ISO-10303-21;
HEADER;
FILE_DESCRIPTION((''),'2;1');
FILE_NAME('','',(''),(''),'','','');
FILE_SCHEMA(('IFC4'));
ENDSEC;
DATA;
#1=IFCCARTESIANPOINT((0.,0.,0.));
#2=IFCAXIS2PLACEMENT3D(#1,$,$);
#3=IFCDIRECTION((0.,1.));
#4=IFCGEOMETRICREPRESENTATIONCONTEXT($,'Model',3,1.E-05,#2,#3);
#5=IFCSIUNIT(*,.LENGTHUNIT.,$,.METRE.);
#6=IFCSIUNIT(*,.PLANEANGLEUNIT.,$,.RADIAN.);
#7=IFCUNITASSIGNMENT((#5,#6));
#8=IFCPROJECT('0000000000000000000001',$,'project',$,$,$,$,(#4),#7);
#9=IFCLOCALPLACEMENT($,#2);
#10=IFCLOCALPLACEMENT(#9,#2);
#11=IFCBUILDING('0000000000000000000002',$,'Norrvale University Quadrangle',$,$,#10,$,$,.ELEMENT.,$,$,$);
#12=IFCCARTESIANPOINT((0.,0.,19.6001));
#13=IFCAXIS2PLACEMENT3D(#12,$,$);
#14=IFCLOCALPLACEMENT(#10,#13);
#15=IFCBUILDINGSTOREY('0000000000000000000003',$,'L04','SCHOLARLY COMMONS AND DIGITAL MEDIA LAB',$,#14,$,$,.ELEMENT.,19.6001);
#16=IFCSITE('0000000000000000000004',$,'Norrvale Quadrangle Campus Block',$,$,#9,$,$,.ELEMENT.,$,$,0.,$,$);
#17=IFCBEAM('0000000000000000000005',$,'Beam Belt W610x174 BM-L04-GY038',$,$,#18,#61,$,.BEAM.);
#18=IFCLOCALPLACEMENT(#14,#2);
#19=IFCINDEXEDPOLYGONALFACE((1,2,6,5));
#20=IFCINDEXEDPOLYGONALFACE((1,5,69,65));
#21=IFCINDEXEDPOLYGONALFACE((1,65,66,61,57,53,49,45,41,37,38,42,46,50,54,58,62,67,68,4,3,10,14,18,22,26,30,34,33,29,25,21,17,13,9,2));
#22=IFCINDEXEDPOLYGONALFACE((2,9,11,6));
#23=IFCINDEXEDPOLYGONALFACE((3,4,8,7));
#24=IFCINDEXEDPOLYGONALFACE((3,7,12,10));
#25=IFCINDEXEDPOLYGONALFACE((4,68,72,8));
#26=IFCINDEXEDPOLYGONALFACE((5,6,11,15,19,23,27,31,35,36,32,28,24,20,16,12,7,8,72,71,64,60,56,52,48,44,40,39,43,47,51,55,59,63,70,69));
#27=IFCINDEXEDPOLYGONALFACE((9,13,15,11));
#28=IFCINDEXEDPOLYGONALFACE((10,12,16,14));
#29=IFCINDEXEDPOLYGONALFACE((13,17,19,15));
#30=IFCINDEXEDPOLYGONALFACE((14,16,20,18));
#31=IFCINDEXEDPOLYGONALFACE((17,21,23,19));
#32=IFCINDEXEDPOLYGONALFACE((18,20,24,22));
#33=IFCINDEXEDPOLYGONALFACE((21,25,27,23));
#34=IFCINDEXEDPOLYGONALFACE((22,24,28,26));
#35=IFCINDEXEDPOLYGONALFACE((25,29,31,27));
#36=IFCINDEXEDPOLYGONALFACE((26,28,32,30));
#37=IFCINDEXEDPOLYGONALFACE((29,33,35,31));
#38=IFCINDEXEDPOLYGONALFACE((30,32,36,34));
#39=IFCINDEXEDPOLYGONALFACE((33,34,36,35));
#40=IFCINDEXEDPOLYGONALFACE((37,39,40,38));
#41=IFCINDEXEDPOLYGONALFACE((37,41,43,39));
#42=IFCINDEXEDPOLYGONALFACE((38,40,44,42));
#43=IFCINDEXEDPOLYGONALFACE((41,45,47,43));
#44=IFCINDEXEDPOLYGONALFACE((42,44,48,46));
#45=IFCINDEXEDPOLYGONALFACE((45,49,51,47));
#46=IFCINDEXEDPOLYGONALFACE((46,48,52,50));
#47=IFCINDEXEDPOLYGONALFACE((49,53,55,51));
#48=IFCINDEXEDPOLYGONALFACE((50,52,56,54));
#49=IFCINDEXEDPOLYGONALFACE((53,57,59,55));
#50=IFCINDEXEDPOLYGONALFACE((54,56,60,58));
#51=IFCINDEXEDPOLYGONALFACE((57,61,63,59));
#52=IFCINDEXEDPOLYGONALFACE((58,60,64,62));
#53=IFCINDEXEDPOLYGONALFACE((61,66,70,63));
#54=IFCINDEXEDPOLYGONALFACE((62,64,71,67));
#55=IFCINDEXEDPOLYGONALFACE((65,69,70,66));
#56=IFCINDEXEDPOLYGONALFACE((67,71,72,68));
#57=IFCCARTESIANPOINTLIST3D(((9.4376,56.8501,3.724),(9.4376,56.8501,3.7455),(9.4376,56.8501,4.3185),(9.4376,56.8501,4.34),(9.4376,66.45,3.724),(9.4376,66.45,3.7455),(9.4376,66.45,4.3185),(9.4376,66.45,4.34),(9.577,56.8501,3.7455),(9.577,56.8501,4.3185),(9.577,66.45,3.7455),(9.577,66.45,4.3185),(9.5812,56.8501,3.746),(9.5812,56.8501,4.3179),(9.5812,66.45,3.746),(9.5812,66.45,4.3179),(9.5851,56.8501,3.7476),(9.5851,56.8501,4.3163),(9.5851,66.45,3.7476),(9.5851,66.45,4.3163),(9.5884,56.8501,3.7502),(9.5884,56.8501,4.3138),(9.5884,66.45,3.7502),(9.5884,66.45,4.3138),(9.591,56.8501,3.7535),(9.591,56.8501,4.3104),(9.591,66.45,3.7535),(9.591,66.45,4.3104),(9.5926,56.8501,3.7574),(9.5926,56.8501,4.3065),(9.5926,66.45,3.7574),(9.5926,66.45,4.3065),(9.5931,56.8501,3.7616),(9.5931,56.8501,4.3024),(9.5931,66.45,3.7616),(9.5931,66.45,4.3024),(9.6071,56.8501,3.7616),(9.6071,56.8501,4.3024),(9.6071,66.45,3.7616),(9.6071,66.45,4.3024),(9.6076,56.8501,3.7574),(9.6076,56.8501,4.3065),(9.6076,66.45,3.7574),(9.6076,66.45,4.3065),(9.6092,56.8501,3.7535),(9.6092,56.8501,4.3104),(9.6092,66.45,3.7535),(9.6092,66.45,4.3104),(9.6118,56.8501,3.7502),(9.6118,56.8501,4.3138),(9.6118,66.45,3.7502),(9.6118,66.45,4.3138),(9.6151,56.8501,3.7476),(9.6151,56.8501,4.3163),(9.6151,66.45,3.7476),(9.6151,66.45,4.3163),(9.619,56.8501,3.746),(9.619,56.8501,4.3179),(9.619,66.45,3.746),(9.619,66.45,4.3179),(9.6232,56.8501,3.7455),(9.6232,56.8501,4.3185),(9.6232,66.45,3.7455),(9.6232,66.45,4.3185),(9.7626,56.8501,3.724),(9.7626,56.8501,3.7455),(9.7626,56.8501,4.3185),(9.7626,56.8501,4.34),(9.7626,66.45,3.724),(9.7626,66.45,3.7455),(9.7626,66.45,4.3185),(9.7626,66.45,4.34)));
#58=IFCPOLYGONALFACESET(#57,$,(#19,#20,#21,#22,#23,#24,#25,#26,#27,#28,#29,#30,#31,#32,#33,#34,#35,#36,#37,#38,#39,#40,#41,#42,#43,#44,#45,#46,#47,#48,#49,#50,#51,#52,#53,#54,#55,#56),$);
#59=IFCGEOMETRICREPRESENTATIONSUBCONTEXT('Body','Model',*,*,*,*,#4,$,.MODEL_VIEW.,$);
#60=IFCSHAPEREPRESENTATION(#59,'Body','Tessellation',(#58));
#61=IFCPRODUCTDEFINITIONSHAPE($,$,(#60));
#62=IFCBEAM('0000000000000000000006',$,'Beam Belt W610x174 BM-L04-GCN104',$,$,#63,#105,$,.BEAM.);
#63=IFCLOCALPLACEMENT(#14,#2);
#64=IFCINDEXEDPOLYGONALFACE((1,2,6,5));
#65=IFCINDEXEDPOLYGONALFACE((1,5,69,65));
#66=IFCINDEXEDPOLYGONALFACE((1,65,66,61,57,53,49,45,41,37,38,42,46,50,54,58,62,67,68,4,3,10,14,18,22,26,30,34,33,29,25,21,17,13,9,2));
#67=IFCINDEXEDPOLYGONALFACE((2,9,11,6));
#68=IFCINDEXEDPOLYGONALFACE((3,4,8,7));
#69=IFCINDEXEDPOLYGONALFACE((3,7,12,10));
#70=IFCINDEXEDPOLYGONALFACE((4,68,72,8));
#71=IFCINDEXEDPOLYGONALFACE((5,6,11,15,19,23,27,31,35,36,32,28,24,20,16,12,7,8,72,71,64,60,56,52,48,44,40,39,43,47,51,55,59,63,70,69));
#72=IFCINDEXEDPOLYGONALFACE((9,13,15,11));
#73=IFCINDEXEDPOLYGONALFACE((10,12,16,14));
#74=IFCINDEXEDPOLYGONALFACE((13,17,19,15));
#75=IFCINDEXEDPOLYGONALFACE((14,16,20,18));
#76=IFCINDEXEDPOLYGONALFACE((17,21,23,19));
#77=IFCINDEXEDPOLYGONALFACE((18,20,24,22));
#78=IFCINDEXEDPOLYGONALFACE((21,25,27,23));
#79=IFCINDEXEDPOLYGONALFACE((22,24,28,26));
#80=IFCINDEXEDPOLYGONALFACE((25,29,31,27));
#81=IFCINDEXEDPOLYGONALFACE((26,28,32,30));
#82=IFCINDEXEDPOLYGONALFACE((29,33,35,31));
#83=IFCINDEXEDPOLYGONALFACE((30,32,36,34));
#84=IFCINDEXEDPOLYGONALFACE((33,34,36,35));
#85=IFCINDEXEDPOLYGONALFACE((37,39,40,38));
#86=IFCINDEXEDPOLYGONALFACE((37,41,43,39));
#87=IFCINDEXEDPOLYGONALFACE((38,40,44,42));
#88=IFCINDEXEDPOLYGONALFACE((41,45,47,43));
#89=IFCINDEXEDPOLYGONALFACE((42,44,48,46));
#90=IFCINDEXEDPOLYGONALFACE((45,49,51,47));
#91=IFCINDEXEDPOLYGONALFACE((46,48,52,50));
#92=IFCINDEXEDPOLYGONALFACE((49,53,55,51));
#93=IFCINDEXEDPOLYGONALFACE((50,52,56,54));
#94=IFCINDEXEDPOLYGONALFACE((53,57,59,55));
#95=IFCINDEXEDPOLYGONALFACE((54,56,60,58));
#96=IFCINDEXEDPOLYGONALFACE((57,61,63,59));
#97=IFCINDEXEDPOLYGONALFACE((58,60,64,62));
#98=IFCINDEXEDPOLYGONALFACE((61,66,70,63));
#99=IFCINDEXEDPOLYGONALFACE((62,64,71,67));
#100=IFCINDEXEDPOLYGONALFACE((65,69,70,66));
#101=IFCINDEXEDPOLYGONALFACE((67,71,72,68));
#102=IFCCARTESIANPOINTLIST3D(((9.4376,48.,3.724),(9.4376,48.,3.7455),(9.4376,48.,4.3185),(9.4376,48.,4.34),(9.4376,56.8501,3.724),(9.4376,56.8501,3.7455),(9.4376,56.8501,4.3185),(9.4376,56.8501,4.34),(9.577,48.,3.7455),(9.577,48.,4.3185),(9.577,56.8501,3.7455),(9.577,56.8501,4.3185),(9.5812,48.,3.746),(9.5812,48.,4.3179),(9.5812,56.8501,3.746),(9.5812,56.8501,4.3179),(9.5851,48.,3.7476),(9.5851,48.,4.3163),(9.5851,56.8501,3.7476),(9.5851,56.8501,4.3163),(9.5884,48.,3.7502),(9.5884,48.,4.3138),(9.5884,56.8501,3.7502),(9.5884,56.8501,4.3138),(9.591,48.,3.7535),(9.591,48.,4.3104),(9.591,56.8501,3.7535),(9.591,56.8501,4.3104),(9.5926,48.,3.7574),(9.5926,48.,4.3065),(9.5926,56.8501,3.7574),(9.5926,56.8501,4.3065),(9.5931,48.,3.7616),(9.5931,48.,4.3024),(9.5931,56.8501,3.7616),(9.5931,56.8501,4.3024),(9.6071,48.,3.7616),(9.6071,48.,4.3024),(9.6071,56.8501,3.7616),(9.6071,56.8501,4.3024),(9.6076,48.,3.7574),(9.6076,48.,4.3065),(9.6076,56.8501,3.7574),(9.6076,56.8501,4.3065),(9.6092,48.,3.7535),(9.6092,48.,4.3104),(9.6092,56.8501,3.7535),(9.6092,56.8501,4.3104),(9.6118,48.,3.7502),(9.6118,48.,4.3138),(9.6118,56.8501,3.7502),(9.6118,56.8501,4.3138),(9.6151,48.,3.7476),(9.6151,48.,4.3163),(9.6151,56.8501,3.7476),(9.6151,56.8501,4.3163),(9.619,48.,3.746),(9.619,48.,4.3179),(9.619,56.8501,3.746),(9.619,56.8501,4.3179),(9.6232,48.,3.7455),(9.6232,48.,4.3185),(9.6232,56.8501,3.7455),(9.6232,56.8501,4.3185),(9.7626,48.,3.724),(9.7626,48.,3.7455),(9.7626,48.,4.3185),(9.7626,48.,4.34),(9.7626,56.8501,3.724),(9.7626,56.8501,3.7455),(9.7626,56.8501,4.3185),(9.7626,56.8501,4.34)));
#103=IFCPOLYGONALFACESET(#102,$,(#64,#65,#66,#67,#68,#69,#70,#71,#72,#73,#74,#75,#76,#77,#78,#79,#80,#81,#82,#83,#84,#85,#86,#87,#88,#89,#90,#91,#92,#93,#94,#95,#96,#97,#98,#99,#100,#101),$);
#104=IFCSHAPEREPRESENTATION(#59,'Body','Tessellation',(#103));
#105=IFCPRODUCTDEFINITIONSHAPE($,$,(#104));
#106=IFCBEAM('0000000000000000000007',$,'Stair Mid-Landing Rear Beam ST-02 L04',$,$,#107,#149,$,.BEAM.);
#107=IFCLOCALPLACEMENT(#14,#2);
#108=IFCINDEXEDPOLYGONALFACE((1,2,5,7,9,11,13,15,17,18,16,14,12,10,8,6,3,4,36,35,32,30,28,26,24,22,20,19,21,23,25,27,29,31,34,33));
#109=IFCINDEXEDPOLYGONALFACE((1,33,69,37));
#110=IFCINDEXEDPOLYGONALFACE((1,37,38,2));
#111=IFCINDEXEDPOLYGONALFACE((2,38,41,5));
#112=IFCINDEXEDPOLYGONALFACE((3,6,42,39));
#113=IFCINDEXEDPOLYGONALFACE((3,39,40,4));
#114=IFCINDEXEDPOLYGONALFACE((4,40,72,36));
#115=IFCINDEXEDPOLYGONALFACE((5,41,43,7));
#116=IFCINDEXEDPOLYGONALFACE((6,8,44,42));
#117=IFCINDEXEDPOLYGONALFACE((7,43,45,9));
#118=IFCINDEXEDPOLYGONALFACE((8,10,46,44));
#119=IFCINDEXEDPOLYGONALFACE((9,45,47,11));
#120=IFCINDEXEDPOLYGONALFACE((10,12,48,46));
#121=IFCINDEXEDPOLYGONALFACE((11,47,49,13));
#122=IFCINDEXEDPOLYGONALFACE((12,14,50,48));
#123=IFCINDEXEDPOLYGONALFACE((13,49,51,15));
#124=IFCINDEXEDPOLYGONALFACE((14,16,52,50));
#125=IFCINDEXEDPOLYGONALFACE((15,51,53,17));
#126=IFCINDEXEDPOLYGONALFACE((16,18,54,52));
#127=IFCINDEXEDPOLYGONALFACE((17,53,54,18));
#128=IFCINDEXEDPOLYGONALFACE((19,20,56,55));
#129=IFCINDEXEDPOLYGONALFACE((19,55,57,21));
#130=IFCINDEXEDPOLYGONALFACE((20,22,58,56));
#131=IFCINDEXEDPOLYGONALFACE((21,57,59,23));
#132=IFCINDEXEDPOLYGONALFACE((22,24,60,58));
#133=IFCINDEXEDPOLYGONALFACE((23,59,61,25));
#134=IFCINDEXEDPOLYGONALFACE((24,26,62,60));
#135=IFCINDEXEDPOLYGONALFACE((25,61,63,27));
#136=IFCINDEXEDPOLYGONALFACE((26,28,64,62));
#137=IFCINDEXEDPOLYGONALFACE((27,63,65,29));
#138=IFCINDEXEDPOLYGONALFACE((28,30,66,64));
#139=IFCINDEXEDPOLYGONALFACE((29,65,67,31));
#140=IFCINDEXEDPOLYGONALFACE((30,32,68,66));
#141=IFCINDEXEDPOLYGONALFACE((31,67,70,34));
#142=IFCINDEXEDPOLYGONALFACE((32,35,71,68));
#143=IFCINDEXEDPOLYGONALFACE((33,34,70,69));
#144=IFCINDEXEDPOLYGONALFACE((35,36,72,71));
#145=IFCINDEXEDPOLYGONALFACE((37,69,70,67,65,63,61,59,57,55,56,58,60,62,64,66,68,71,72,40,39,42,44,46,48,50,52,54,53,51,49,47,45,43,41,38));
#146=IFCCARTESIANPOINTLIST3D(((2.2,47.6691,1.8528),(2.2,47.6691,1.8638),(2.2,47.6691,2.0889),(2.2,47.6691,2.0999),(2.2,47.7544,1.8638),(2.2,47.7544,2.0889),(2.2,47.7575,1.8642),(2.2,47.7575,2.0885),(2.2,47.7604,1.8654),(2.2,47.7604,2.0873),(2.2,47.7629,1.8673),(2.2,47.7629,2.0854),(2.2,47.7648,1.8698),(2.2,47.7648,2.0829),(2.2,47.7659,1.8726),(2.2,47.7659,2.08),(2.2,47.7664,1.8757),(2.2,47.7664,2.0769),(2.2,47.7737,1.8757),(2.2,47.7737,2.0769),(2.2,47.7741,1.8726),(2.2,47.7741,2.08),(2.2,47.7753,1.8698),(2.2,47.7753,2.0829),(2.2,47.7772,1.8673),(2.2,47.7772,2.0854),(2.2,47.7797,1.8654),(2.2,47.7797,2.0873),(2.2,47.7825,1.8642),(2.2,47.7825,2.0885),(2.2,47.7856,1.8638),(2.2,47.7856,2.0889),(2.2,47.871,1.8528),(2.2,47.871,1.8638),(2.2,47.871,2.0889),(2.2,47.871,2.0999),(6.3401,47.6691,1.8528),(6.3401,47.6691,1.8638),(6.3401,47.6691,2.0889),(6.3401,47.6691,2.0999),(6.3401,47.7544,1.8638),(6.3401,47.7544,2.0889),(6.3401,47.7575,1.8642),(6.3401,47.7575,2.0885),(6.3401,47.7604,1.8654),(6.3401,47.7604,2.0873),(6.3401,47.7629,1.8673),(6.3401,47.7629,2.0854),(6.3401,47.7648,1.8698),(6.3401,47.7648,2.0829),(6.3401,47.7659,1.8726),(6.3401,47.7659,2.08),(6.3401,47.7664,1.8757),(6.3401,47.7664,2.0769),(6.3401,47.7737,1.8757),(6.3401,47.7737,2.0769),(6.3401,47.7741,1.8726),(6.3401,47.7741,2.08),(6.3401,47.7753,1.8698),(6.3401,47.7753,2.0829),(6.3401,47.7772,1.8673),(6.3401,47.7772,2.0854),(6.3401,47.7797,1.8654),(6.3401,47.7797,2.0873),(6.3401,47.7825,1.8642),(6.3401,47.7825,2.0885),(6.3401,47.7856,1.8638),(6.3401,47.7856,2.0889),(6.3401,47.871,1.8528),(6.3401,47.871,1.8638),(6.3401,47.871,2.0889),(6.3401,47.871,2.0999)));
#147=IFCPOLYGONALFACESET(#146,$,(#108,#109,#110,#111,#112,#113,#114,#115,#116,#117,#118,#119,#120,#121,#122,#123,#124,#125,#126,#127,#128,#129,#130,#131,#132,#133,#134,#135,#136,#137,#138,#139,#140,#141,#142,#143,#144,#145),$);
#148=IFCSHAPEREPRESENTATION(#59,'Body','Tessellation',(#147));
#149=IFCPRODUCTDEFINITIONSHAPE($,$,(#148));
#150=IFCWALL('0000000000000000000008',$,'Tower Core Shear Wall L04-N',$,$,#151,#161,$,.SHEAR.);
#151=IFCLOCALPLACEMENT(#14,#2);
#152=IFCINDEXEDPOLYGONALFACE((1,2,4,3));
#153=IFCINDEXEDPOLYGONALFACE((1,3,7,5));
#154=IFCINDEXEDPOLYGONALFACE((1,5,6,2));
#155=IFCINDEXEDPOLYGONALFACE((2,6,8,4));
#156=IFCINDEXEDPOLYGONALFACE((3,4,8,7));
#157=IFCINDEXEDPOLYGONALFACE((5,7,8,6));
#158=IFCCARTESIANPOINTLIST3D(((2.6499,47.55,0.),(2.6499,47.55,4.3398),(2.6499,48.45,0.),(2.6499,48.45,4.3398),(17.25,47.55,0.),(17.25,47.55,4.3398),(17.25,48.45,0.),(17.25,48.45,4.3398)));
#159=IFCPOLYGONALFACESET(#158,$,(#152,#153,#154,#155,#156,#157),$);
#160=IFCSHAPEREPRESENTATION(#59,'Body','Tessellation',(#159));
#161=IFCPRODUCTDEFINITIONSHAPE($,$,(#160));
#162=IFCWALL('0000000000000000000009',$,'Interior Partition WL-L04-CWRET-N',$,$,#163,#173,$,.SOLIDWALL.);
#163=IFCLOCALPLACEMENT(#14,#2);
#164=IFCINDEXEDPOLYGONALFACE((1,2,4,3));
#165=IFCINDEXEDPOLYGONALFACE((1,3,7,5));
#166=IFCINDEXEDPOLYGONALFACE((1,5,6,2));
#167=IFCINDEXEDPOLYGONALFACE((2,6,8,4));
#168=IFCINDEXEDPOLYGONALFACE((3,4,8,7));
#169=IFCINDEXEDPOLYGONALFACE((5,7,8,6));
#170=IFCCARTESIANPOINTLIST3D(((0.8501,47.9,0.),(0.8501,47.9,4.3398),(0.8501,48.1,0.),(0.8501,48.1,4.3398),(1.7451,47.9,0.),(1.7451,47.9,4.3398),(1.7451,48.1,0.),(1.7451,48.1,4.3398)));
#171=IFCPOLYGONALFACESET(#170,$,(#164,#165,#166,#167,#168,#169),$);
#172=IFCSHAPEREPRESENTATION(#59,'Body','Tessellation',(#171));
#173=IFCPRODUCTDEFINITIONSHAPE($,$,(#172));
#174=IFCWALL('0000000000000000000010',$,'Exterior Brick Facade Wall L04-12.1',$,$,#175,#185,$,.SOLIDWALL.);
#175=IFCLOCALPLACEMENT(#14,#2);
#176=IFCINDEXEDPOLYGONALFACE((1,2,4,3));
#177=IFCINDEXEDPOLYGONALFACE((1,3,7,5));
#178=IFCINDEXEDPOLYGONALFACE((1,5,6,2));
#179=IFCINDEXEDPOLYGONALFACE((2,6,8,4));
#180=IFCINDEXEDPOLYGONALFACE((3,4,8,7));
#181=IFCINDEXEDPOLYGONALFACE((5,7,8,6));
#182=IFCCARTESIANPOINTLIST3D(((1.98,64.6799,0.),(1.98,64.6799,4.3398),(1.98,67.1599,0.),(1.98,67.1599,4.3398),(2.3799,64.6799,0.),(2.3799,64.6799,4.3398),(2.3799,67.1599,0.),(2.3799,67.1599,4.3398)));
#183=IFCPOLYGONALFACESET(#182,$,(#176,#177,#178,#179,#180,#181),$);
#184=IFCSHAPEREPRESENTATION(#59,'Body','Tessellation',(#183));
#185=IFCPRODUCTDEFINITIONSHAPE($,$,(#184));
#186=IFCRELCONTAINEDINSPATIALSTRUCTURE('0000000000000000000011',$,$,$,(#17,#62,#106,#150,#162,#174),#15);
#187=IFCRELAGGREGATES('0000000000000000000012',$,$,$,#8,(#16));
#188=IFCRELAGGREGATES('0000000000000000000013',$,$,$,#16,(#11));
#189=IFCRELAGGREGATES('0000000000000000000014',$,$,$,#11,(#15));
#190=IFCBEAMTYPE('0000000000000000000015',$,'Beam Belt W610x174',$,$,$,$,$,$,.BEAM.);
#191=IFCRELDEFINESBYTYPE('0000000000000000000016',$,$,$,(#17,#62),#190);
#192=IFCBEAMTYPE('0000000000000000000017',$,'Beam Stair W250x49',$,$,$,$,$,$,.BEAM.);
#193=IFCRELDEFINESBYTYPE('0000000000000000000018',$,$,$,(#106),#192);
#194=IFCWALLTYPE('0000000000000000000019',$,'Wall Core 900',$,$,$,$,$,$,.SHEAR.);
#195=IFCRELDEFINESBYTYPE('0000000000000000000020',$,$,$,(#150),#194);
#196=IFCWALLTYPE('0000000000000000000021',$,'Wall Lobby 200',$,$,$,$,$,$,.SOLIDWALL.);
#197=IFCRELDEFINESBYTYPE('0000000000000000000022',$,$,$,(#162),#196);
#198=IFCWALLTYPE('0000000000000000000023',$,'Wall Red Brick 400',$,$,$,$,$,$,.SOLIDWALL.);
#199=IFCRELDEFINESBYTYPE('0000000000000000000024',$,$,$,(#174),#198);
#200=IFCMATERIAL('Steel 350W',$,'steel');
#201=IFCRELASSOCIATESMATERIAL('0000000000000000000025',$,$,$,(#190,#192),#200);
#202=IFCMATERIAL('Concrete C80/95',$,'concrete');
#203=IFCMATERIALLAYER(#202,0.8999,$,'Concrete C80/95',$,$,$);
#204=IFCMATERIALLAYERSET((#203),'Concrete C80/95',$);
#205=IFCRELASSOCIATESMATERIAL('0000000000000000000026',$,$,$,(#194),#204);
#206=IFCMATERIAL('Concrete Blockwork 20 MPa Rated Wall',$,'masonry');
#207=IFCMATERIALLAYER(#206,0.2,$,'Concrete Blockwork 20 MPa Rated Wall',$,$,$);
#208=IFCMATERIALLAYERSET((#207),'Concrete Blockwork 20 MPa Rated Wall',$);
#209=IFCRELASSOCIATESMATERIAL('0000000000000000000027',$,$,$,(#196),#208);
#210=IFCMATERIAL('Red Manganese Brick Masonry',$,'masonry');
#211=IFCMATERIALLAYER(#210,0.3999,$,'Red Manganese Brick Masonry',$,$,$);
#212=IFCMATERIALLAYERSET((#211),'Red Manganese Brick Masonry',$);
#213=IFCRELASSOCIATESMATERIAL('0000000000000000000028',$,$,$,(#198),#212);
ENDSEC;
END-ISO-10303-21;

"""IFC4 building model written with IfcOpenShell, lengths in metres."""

from ifc_helpers import new_model, si_unit, direction, frame, frame_2d, origin, origin_2d, place, context, subcontext, project, spatial, rectangle, i_section, extrude, material, layer, layer_set, material_profile, profile_set, type_object, element, save


model = new_model("IFC4")

# Units and contexts
model_context = context("Model", 3, precision=1e-05, world=origin(), true_north=direction((0.0, 1.0)))
body_context = subcontext(model_context, "Body", "Model", "MODEL_VIEW")
ifc_project = project(units=[si_unit("LENGTHUNIT", "METRE"), si_unit("PLANEANGLEUNIT", "RADIAN")], contexts=[model_context])

# Site, building, storey
site_placement = place(None, origin())
site = spatial("IfcSite", under=ifc_project, at=site_placement, Name="Norrvale Quadrangle Campus Block", CompositionType="ELEMENT", RefElevation=0.0)
building_placement = place(site_placement, origin())
building = spatial("IfcBuilding", under=site, at=building_placement, Name="Norrvale University Quadrangle", CompositionType="ELEMENT")
storey_placement = place(building_placement, frame((0.0, 0.0, 19.6001)))
storey = spatial("IfcBuildingStorey", under=building, at=storey_placement, Name="L04", Description="SCHOLARLY COMMONS AND DIGITAL MEDIA LAB", CompositionType="ELEMENT", Elevation=19.6001)

# Shared definitions
ifc_material_1 = material(Name="Concrete C80/95", Category="concrete")

# Beams
ifc_material_2 = material(Name="Steel 350W", Category="steel")
ifc_material_profile_1 = material_profile(ifc_material_2, i_section(OverallWidth=0.325, OverallDepth=0.616, WebThickness=0.0139, FlangeThickness=0.0215, FilletRadius=0.0161, at=origin_2d()), Name="Steel 350W")
ifc_profile_set_1 = profile_set([ifc_material_profile_1], Name="Steel 350W")
beam_type_1 = type_object("IfcBeamType", Name="Beam Belt W610x174", PredefinedType="BEAM", material=ifc_profile_set_1)
for number, where, z_axis, x_axis, name in (
    (1, (9.6001, 56.8501, 4.032), (0.0, 1.0, 0.0), (-1.0, 0.0, 0.0), "Beam Belt W610x174 BM-L04-GY038"),
):
    element("IfcBeam", number, at=place(storey_placement, frame(where, z_axis=z_axis, x_axis=x_axis)), inside=storey, type_object=beam_type_1, Name=name, PredefinedType="BEAM", context=body_context, shape_type="SweptSolid", body=[
        extrude(i_section(OverallWidth=0.325, OverallDepth=0.616, WebThickness=0.0139, FlangeThickness=0.0215, FilletRadius=0.0161, at=origin_2d()), origin(), (0.0, 0.0, 1.0), 9.5999),
    ])
beam_1_placement = place(storey_placement, frame((9.6001, 48.0, 4.032), z_axis=(0.0, 1.0, 0.0), x_axis=(-1.0, 0.0, 0.0)))
element("IfcBeam", 2, at=beam_1_placement, inside=storey, type_object=beam_type_1, Name="Beam Belt W610x174 BM-L04-GCN104", PredefinedType="BEAM", context=body_context, shape_type="SweptSolid", body=[
    extrude(i_section(OverallWidth=0.325, OverallDepth=0.616, WebThickness=0.0139, FlangeThickness=0.0215, FilletRadius=0.0161, at=origin_2d()), origin(), (0.0, 0.0, 1.0), 8.8501),
])
ifc_material_profile_2 = material_profile(ifc_material_2, i_section(OverallWidth=0.2019, OverallDepth=0.2471, WebThickness=0.0073, FlangeThickness=0.011, FilletRadius=0.012, at=origin_2d()), Name="Steel 350W")
ifc_profile_set_2 = profile_set([ifc_material_profile_2], Name="Steel 350W")
beam_type_2 = type_object("IfcBeamType", Name="Beam Stair W250x49", PredefinedType="BEAM", material=ifc_profile_set_2)
beam_2_placement = place(storey_placement, frame((2.2, 47.77, 1.9763), z_axis=(1.0, 0.0, 0.0), x_axis=(0.0, 1.0, 0.0)))
element("IfcBeam", 3, at=beam_2_placement, inside=storey, type_object=beam_type_2, Name="Stair Mid-Landing Rear Beam ST-02 L04", PredefinedType="BEAM", context=body_context, shape_type="SweptSolid", body=[
    extrude(i_section(OverallWidth=0.2019, OverallDepth=0.2471, WebThickness=0.0073, FlangeThickness=0.011, FilletRadius=0.012, at=origin_2d()), origin(), (0.0, 0.0, 1.0), 4.1401),
])

# Walls
ifc_layer_1 = layer(ifc_material_1, 0.8999, Name="Concrete C80/95")
ifc_layer_set_1 = layer_set([ifc_layer_1], Name="Concrete C80/95")
wall_type_1 = type_object("IfcWallType", Name="Wall Core 900", PredefinedType="SHEAR", material=ifc_layer_set_1)
wall_1_placement = place(storey_placement, frame((2.6499, 48.0, 0.0), z_axis=(0.0, 0.0, 1.0), x_axis=(1.0, 0.0, 0.0)))
element("IfcWall", 4, at=wall_1_placement, inside=storey, type_object=wall_type_1, Name="Tower Core Shear Wall L04-N", PredefinedType="SHEAR", context=body_context, shape_type="SweptSolid", body=[
    extrude(rectangle(XDim=14.6001, YDim=0.8999, at=frame_2d((7.3, 0.0))), origin(), (0.0, 0.0, 1.0), 4.3398),
])
ifc_material_3 = material(Name="Concrete Blockwork 20 MPa Rated Wall", Category="masonry")
ifc_layer_2 = layer(ifc_material_3, 0.2, Name="Concrete Blockwork 20 MPa Rated Wall")
ifc_layer_set_2 = layer_set([ifc_layer_2], Name="Concrete Blockwork 20 MPa Rated Wall")
wall_type_2 = type_object("IfcWallType", Name="Wall Lobby 200", PredefinedType="SOLIDWALL", material=ifc_layer_set_2)
wall_2_placement = place(storey_placement, frame((0.8501, 48.0, 0.0), z_axis=(0.0, 0.0, 1.0), x_axis=(1.0, 0.0, 0.0)))
element("IfcWall", 5, at=wall_2_placement, inside=storey, type_object=wall_type_2, Name="Interior Partition WL-L04-CWRET-N", PredefinedType="SOLIDWALL", context=body_context, shape_type="SweptSolid", body=[
    extrude(rectangle(XDim=0.895, YDim=0.2, at=frame_2d((0.4475, 0.0))), origin(), (0.0, 0.0, 1.0), 4.3398),
])
ifc_material_4 = material(Name="Red Manganese Brick Masonry", Category="masonry")
ifc_layer_3 = layer(ifc_material_4, 0.3999, Name="Red Manganese Brick Masonry")
ifc_layer_set_3 = layer_set([ifc_layer_3], Name="Red Manganese Brick Masonry")
wall_type_3 = type_object("IfcWallType", Name="Wall Red Brick 400", PredefinedType="SOLIDWALL", material=ifc_layer_set_3)
for number, where, z_axis, x_axis, name in (
    (6, (2.1799, 67.1599, 0.0), (0.0, 0.0, 1.0), (0.0, -1.0, 0.0), "Exterior Brick Facade Wall L04-12.1"),
):
    element("IfcWall", number, at=place(storey_placement, frame(where, z_axis=z_axis, x_axis=x_axis)), inside=storey, type_object=wall_type_3, Name=name, PredefinedType="SOLIDWALL", context=body_context, shape_type="SweptSolid", body=[
        extrude(rectangle(XDim=2.48, YDim=0.3999, at=frame_2d((1.24, 0.0))), origin(), (0.0, 0.0, 1.0), 4.3398),
    ])

save(model, "model.ifc")
